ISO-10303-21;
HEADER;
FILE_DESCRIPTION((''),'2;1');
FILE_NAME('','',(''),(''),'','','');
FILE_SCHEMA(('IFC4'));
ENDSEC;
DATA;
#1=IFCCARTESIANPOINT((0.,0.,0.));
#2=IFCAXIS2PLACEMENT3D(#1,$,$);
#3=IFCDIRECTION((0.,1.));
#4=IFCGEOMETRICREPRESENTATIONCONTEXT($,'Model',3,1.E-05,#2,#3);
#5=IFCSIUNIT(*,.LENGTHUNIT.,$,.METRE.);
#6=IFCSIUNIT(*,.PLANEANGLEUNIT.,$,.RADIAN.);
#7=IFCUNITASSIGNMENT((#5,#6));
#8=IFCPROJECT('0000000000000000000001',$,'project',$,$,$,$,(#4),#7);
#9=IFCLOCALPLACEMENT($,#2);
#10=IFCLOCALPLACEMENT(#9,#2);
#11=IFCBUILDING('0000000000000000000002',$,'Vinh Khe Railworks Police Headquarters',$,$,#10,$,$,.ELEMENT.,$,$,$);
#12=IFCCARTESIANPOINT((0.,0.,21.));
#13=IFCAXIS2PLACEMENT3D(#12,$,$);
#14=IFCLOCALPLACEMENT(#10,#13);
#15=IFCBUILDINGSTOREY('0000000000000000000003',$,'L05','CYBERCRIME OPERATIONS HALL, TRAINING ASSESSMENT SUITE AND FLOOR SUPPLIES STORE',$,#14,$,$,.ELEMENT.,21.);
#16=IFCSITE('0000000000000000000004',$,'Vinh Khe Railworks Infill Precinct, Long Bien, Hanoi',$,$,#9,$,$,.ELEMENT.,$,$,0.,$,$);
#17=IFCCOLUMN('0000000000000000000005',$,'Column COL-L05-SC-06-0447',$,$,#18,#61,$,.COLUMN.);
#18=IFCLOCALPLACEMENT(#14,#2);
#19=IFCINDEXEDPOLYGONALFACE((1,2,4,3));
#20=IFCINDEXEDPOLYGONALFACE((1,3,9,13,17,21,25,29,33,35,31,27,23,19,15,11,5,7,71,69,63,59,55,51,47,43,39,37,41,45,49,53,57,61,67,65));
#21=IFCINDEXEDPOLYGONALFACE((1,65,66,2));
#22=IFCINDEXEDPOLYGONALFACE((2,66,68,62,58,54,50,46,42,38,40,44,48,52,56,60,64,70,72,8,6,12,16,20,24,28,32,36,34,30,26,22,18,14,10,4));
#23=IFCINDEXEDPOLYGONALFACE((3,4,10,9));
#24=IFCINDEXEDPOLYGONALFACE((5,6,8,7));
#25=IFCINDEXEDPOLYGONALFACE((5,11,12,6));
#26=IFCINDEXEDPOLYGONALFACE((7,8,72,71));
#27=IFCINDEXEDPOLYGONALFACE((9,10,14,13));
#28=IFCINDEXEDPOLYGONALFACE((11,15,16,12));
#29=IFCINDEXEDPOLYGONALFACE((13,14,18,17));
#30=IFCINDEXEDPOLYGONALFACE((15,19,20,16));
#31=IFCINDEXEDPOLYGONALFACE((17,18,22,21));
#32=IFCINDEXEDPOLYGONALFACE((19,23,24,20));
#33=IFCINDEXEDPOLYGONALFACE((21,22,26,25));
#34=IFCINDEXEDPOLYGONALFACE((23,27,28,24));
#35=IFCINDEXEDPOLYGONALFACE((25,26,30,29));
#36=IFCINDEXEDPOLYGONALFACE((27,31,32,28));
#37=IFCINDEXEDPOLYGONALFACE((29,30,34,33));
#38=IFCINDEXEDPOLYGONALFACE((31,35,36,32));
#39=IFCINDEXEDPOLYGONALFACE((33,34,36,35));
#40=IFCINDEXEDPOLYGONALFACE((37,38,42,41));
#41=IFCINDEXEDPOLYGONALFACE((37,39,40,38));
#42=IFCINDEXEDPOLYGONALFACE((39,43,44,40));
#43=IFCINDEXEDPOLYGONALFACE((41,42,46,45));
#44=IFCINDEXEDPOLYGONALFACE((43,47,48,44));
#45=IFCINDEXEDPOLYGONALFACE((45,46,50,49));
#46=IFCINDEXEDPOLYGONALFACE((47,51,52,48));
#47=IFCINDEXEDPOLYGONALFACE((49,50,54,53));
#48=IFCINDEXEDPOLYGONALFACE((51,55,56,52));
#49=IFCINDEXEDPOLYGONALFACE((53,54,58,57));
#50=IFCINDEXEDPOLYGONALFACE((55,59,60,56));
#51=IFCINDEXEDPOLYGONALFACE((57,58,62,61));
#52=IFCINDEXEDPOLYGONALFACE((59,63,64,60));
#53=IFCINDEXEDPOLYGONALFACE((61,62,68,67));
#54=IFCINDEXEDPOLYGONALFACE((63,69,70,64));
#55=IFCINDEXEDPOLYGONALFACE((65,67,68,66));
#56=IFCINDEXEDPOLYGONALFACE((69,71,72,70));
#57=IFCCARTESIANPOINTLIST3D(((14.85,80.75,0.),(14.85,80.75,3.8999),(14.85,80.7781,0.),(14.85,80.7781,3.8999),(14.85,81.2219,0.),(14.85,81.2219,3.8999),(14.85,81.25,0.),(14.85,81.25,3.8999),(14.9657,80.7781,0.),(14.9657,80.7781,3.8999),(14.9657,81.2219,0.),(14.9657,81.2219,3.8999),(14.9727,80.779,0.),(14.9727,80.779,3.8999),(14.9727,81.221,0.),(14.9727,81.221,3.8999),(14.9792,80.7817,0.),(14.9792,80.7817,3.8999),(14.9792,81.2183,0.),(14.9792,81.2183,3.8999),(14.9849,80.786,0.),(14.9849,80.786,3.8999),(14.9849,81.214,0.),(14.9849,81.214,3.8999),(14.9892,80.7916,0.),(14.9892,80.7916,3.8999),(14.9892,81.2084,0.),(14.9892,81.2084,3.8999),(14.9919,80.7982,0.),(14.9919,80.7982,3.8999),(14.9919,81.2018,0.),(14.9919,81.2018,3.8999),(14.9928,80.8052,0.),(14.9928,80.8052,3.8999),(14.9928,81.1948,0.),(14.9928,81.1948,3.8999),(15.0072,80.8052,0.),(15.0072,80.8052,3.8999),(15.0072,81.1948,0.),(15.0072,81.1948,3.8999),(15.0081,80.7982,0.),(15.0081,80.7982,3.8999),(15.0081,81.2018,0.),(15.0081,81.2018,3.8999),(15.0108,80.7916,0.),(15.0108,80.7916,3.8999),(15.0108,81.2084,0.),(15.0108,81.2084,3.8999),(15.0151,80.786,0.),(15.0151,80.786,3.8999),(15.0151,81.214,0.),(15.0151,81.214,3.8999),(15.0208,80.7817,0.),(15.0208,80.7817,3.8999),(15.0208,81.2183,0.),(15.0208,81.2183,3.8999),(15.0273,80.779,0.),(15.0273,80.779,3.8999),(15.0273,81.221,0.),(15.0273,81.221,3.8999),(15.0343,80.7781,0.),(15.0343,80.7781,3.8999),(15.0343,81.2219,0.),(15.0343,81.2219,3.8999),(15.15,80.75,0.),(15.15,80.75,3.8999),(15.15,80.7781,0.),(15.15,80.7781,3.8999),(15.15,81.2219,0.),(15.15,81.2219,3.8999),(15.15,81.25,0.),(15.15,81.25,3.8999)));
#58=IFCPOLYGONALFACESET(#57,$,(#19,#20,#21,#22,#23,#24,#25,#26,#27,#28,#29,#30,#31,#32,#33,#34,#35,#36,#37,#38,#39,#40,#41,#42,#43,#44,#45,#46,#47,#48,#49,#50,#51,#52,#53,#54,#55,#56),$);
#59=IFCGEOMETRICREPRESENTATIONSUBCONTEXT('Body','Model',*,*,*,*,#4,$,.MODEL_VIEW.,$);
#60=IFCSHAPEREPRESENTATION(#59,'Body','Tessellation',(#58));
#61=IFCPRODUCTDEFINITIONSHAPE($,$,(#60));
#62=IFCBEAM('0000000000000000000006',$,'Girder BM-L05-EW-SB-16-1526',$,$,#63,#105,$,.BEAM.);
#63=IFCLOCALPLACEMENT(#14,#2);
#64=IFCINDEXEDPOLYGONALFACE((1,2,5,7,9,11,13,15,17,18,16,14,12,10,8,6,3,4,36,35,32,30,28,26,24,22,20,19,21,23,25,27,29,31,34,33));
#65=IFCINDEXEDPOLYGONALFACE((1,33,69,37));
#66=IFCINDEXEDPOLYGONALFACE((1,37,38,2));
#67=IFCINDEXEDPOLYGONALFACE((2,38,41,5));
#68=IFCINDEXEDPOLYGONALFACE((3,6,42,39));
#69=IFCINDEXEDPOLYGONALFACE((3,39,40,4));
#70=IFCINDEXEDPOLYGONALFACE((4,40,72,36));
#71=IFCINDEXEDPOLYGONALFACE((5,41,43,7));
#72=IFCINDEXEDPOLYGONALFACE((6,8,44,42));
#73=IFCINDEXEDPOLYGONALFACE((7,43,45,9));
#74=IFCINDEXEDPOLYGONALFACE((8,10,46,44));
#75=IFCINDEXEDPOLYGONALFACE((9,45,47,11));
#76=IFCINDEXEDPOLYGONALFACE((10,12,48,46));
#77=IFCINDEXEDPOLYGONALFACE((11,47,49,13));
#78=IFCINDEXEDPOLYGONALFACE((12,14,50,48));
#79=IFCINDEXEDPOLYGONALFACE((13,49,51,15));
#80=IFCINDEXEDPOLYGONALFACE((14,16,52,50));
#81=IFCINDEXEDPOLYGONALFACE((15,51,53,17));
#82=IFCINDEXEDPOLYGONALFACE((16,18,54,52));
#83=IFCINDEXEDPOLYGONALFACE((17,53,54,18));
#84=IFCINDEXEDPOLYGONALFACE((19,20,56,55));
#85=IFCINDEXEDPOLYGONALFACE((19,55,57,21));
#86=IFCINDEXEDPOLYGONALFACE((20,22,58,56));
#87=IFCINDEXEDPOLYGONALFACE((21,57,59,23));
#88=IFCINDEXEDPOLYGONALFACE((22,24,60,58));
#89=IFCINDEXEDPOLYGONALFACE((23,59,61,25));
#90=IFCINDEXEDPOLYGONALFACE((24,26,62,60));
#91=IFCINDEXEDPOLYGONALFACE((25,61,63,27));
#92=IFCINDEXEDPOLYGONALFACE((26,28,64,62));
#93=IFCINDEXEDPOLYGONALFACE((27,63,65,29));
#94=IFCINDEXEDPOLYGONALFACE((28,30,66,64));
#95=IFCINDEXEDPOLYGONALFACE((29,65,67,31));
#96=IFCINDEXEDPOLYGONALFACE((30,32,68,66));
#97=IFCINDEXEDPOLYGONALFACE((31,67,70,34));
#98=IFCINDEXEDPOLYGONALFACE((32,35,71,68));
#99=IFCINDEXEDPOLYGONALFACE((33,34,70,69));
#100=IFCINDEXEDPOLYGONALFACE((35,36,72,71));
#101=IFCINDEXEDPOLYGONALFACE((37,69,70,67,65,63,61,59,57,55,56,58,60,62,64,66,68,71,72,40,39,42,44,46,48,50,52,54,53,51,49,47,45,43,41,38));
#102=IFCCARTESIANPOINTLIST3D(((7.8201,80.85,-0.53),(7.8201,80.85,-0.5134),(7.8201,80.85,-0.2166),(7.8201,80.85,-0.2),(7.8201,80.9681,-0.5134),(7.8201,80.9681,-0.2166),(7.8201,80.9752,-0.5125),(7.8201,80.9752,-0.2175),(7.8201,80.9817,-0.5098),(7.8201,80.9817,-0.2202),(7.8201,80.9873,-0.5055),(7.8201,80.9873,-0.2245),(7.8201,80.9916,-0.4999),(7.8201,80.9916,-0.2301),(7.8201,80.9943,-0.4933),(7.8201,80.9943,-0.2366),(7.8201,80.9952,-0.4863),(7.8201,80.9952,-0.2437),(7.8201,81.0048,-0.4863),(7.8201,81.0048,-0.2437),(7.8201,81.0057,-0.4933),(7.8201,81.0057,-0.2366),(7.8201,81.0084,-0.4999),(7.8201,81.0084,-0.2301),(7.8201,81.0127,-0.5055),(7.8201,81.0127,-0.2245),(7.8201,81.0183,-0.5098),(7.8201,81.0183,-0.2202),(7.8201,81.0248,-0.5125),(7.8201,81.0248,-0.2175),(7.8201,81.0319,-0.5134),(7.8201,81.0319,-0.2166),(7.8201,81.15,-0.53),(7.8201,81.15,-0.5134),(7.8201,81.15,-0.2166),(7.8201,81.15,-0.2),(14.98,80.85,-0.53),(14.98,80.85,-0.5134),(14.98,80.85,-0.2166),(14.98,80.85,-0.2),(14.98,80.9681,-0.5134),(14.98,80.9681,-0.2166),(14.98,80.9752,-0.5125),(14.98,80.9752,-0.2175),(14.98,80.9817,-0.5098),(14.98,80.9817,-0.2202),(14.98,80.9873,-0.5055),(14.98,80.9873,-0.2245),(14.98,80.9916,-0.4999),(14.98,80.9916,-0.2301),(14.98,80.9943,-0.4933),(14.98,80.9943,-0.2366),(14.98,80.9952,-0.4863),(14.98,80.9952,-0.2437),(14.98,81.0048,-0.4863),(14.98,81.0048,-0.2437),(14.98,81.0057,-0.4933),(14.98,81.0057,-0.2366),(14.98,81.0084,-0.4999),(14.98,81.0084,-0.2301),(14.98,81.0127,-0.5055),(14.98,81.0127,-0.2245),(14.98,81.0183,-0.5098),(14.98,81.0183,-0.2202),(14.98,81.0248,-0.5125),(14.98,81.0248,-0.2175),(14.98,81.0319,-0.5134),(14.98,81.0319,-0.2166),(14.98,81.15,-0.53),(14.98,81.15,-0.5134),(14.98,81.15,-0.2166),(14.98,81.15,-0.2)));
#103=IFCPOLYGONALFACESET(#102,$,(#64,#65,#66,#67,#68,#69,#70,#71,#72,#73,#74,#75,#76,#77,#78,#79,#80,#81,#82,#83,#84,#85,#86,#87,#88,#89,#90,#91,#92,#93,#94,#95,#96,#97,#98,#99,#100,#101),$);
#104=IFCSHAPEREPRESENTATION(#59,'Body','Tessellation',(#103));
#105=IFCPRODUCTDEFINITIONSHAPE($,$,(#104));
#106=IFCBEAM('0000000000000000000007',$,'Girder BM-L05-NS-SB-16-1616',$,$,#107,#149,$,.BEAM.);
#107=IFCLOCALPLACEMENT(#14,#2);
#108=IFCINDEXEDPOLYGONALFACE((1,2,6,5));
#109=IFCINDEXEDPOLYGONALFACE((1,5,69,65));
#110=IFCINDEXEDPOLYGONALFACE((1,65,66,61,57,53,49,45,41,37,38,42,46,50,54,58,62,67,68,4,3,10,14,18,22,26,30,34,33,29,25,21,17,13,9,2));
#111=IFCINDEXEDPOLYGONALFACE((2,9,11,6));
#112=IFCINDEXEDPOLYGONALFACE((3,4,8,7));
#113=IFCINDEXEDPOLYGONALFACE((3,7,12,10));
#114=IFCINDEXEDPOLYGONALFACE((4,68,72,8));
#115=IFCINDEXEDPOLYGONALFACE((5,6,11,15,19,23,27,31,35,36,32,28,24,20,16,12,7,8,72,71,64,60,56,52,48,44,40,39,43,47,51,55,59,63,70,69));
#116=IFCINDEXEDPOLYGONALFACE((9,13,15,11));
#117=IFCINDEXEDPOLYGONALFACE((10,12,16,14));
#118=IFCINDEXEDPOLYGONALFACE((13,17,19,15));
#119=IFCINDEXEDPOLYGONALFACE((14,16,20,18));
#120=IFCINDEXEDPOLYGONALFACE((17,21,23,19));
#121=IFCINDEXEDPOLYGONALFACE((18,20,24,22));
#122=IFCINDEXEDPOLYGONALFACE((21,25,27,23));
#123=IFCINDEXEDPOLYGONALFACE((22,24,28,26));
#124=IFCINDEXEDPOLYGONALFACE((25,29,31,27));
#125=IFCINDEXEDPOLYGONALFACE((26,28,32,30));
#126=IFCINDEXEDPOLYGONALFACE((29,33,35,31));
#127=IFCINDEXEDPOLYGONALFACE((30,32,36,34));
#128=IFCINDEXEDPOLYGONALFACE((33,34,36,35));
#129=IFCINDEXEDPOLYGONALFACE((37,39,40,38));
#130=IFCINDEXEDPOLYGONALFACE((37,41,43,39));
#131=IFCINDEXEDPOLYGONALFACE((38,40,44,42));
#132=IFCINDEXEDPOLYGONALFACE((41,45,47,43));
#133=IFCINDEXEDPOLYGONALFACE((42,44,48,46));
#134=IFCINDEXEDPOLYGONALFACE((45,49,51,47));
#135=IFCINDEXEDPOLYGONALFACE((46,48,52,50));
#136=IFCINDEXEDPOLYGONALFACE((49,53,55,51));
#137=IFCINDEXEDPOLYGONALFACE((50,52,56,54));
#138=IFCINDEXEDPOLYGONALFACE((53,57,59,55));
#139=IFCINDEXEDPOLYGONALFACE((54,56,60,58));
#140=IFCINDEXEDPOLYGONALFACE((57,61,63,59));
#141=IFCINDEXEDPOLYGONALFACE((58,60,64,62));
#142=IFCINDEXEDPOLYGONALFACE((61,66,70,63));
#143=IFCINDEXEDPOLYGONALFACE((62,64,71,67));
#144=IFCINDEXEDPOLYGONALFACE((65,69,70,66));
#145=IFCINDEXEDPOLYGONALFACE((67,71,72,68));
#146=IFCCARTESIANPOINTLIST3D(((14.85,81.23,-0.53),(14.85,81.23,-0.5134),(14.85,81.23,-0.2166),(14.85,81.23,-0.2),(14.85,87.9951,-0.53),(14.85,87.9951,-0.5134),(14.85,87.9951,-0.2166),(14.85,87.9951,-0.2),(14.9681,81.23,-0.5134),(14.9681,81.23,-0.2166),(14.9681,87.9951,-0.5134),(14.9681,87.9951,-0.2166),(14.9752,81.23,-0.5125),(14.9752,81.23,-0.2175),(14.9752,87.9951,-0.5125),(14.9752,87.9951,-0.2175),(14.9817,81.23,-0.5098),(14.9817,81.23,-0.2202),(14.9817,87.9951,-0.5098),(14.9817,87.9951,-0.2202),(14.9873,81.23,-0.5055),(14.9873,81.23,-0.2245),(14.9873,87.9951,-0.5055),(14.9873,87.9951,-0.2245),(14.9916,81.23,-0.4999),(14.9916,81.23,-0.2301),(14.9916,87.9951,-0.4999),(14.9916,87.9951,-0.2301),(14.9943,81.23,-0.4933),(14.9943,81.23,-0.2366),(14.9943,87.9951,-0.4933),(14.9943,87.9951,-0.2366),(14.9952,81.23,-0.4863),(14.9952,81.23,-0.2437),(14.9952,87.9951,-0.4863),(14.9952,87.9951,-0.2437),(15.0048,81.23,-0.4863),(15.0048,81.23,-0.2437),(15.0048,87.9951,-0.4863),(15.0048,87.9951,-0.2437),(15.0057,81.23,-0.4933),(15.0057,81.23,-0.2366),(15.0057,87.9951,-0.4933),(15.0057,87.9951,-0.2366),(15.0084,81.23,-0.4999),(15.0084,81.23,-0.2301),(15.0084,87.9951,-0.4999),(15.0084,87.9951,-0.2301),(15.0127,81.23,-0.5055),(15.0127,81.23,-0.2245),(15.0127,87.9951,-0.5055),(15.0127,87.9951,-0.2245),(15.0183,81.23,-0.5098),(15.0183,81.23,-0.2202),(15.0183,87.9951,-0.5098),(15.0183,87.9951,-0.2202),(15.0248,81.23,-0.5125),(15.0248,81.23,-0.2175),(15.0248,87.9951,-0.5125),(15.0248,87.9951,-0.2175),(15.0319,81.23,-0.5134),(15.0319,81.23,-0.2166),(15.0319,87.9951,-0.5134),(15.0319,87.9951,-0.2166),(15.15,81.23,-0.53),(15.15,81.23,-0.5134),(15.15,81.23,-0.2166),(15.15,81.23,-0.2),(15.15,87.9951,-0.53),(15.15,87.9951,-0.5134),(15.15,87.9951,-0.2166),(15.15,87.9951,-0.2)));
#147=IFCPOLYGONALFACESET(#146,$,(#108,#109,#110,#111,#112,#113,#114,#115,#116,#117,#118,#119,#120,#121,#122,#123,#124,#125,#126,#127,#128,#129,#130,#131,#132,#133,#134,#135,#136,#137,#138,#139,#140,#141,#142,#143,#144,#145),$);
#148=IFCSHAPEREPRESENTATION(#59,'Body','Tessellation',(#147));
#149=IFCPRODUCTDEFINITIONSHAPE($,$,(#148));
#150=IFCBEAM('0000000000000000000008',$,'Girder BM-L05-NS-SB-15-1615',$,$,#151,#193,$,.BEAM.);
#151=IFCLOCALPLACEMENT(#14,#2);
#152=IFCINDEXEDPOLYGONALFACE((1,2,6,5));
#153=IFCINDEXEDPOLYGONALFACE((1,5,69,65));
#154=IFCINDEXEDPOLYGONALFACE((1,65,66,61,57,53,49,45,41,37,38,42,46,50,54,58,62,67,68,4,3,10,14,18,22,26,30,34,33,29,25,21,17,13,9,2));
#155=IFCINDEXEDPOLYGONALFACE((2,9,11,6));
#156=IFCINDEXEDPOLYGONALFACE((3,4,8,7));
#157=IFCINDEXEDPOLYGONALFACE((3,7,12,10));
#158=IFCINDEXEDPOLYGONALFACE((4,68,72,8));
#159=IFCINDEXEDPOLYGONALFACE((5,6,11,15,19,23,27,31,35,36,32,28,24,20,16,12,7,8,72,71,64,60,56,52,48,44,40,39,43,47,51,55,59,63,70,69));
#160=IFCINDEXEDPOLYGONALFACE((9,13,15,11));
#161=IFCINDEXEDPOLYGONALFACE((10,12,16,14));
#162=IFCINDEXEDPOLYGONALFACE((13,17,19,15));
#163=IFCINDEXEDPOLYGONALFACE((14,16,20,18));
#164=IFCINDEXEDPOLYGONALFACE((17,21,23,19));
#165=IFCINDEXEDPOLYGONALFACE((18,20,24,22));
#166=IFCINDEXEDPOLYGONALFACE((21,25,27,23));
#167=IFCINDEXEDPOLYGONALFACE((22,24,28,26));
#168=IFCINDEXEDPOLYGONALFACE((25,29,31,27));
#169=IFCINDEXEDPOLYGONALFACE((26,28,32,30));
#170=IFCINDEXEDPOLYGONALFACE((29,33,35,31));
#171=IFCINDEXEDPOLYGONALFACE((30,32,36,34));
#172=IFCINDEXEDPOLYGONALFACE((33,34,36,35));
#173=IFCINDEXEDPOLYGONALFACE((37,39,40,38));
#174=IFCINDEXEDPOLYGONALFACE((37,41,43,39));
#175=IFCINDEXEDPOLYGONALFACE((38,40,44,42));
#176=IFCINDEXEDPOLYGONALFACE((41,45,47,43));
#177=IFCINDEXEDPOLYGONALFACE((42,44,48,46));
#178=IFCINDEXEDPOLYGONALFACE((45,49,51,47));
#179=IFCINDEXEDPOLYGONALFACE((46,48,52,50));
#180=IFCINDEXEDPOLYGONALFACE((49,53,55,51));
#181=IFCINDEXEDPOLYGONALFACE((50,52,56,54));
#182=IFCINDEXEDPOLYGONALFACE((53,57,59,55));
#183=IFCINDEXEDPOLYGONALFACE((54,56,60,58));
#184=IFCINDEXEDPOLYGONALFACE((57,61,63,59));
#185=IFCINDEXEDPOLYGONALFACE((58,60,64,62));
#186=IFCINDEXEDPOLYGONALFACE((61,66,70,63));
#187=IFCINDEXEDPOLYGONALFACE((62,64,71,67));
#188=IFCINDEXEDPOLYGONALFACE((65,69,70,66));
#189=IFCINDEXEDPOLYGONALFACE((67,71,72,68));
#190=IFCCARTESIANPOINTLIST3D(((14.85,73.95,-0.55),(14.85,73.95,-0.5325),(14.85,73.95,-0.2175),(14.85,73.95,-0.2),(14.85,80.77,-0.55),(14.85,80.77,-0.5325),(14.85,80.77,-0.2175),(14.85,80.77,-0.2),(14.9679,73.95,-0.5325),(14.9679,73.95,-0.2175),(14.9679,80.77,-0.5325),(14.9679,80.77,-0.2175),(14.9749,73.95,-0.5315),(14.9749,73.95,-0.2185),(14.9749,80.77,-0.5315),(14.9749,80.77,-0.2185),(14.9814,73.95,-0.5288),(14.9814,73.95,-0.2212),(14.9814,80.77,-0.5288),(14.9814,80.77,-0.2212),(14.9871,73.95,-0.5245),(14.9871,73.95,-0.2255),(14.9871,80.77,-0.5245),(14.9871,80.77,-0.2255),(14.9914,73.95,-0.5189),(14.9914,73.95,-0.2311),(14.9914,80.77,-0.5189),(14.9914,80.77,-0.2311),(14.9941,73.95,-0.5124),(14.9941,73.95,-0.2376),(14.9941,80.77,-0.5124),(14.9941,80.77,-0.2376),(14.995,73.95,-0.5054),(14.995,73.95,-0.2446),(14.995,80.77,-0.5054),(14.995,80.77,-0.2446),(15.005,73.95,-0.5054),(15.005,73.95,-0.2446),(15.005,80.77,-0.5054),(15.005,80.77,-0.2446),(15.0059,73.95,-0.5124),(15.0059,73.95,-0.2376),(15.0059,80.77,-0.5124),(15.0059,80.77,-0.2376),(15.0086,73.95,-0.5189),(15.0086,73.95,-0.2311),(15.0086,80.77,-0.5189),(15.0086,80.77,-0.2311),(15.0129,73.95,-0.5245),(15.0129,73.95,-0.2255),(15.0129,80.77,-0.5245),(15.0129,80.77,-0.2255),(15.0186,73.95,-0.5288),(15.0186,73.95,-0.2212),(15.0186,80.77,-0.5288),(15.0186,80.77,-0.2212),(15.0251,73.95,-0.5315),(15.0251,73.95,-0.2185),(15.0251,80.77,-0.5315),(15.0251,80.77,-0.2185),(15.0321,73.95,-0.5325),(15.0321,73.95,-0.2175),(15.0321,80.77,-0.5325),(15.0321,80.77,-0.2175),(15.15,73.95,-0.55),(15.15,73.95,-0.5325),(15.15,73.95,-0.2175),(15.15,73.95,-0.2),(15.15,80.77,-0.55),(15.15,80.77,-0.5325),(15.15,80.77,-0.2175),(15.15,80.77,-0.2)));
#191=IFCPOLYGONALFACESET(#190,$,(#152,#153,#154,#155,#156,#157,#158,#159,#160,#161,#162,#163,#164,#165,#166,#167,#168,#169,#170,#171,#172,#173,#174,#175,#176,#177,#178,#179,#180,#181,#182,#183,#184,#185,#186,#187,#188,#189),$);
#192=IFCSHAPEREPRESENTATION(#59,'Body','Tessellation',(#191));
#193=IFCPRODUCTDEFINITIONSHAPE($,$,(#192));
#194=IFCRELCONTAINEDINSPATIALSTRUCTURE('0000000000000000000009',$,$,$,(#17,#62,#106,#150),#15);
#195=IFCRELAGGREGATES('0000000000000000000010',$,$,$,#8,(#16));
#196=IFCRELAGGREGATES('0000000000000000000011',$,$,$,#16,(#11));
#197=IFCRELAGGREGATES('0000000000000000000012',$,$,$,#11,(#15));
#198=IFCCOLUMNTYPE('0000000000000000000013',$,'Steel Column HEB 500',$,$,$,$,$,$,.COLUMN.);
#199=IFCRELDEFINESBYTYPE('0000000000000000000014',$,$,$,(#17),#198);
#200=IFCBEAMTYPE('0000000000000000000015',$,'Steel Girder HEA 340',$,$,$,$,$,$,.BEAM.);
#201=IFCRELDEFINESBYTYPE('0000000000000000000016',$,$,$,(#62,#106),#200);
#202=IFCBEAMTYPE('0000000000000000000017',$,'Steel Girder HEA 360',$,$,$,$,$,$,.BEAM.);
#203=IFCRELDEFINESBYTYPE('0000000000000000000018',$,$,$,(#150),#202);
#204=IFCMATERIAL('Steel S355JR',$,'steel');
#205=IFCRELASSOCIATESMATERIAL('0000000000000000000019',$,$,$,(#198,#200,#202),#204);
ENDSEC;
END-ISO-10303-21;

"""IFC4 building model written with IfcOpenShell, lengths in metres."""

from ifc_helpers import new_model, si_unit, direction, frame, origin, origin_2d, place, context, subcontext, project, spatial, i_section, extrude, material, material_profile, profile_set, type_object, element, save


model = new_model("IFC4")

# Units and contexts
model_context = context("Model", 3, precision=1e-05, world=origin(), true_north=direction((0.0, 1.0)))
body_context = subcontext(model_context, "Body", "Model", "MODEL_VIEW")
ifc_project = project(units=[si_unit("LENGTHUNIT", "METRE"), si_unit("PLANEANGLEUNIT", "RADIAN")], contexts=[model_context])

# Site, building, storey
site_placement = place(None, origin())
site = spatial("IfcSite", under=ifc_project, at=site_placement, Name="Vinh Khe Railworks Infill Precinct, Long Bien, Hanoi", CompositionType="ELEMENT", RefElevation=0.0)
building_placement = place(site_placement, origin())
building = spatial("IfcBuilding", under=site, at=building_placement, Name="Vinh Khe Railworks Police Headquarters", CompositionType="ELEMENT")
storey_placement = place(building_placement, frame((0.0, 0.0, 21.0)))
storey = spatial("IfcBuildingStorey", under=building, at=storey_placement, Name="L05", Description="CYBERCRIME OPERATIONS HALL, TRAINING ASSESSMENT SUITE AND FLOOR SUPPLIES STORE", CompositionType="ELEMENT", Elevation=21.0)

# Column
ifc_material_1 = material(Name="Steel S355JR", Category="steel")
ifc_material_profile_1 = material_profile(ifc_material_1, i_section(OverallWidth=0.3, OverallDepth=0.5, WebThickness=0.0144, FlangeThickness=0.0281, FilletRadius=0.0271, at=origin_2d()), Name="HEB 500")
ifc_profile_set_1 = profile_set([ifc_material_profile_1], Name="Steel S355JR")
column_type_1 = type_object("IfcColumnType", Name="Steel Column HEB 500", PredefinedType="COLUMN", material=ifc_profile_set_1)
column_1_placement = place(storey_placement, frame((15.0, 81.0, 0.0), z_axis=(0.0, 0.0, 1.0), x_axis=(1.0, 0.0, 0.0)))
element("IfcColumn", 1, at=column_1_placement, inside=storey, type_object=column_type_1, Name="Column COL-L05-SC-06-0447", PredefinedType="COLUMN", context=body_context, shape_type="SweptSolid", body=[
    extrude(i_section(OverallWidth=0.3, OverallDepth=0.5, WebThickness=0.0144, FlangeThickness=0.0281, FilletRadius=0.0271, at=origin_2d()), origin(), (0.0, 0.0, 1.0), 3.8999),
])

# Beams
ifc_material_profile_2 = material_profile(ifc_material_1, i_section(OverallWidth=0.3, OverallDepth=0.3301, WebThickness=0.0095, FlangeThickness=0.0166, FilletRadius=0.0271, at=origin_2d()), Name="HEA 340")
ifc_profile_set_2 = profile_set([ifc_material_profile_2], Name="Steel S355JR")
beam_type_1 = type_object("IfcBeamType", Name="Steel Girder HEA 340", PredefinedType="BEAM", material=ifc_profile_set_2)
beam_1_placement = place(storey_placement, frame((7.8201, 81.0, -0.365), z_axis=(1.0, 0.0, 0.0), x_axis=(0.0, 1.0, 0.0)))
element("IfcBeam", 2, at=beam_1_placement, inside=storey, type_object=beam_type_1, Name="Girder BM-L05-EW-SB-16-1526", PredefinedType="BEAM", context=body_context, shape_type="SweptSolid", body=[
    extrude(i_section(OverallWidth=0.3, OverallDepth=0.3301, WebThickness=0.0095, FlangeThickness=0.0166, FilletRadius=0.0271, at=origin_2d()), origin(), (0.0, 0.0, 1.0), 7.1599),
])
beam_2_placement = place(storey_placement, frame((15.0, 81.23, -0.365), z_axis=(0.0, 1.0, 0.0), x_axis=(-1.0, 0.0, 0.0)))
element("IfcBeam", 3, at=beam_2_placement, inside=storey, type_object=beam_type_1, Name="Girder BM-L05-NS-SB-16-1616", PredefinedType="BEAM", context=body_context, shape_type="SweptSolid", body=[
    extrude(i_section(OverallWidth=0.3, OverallDepth=0.3301, WebThickness=0.0095, FlangeThickness=0.0166, FilletRadius=0.0271, at=origin_2d()), origin(), (0.0, 0.0, 1.0), 6.7651),
])
ifc_material_profile_3 = material_profile(ifc_material_1, i_section(OverallWidth=0.3, OverallDepth=0.3501, WebThickness=0.01, FlangeThickness=0.0176, FilletRadius=0.0271, at=origin_2d()), Name="HEA 360")
ifc_profile_set_3 = profile_set([ifc_material_profile_3], Name="Steel S355JR")
beam_type_2 = type_object("IfcBeamType", Name="Steel Girder HEA 360", PredefinedType="BEAM", material=ifc_profile_set_3)
beam_3_placement = place(storey_placement, frame((15.0, 73.95, -0.375), z_axis=(0.0, 1.0, 0.0), x_axis=(-1.0, 0.0, 0.0)))
element("IfcBeam", 4, at=beam_3_placement, inside=storey, type_object=beam_type_2, Name="Girder BM-L05-NS-SB-15-1615", PredefinedType="BEAM", context=body_context, shape_type="SweptSolid", body=[
    extrude(i_section(OverallWidth=0.3, OverallDepth=0.3501, WebThickness=0.01, FlangeThickness=0.0176, FilletRadius=0.0271, at=origin_2d()), origin(), (0.0, 0.0, 1.0), 6.8201),
])

save(model, "model.ifc")
